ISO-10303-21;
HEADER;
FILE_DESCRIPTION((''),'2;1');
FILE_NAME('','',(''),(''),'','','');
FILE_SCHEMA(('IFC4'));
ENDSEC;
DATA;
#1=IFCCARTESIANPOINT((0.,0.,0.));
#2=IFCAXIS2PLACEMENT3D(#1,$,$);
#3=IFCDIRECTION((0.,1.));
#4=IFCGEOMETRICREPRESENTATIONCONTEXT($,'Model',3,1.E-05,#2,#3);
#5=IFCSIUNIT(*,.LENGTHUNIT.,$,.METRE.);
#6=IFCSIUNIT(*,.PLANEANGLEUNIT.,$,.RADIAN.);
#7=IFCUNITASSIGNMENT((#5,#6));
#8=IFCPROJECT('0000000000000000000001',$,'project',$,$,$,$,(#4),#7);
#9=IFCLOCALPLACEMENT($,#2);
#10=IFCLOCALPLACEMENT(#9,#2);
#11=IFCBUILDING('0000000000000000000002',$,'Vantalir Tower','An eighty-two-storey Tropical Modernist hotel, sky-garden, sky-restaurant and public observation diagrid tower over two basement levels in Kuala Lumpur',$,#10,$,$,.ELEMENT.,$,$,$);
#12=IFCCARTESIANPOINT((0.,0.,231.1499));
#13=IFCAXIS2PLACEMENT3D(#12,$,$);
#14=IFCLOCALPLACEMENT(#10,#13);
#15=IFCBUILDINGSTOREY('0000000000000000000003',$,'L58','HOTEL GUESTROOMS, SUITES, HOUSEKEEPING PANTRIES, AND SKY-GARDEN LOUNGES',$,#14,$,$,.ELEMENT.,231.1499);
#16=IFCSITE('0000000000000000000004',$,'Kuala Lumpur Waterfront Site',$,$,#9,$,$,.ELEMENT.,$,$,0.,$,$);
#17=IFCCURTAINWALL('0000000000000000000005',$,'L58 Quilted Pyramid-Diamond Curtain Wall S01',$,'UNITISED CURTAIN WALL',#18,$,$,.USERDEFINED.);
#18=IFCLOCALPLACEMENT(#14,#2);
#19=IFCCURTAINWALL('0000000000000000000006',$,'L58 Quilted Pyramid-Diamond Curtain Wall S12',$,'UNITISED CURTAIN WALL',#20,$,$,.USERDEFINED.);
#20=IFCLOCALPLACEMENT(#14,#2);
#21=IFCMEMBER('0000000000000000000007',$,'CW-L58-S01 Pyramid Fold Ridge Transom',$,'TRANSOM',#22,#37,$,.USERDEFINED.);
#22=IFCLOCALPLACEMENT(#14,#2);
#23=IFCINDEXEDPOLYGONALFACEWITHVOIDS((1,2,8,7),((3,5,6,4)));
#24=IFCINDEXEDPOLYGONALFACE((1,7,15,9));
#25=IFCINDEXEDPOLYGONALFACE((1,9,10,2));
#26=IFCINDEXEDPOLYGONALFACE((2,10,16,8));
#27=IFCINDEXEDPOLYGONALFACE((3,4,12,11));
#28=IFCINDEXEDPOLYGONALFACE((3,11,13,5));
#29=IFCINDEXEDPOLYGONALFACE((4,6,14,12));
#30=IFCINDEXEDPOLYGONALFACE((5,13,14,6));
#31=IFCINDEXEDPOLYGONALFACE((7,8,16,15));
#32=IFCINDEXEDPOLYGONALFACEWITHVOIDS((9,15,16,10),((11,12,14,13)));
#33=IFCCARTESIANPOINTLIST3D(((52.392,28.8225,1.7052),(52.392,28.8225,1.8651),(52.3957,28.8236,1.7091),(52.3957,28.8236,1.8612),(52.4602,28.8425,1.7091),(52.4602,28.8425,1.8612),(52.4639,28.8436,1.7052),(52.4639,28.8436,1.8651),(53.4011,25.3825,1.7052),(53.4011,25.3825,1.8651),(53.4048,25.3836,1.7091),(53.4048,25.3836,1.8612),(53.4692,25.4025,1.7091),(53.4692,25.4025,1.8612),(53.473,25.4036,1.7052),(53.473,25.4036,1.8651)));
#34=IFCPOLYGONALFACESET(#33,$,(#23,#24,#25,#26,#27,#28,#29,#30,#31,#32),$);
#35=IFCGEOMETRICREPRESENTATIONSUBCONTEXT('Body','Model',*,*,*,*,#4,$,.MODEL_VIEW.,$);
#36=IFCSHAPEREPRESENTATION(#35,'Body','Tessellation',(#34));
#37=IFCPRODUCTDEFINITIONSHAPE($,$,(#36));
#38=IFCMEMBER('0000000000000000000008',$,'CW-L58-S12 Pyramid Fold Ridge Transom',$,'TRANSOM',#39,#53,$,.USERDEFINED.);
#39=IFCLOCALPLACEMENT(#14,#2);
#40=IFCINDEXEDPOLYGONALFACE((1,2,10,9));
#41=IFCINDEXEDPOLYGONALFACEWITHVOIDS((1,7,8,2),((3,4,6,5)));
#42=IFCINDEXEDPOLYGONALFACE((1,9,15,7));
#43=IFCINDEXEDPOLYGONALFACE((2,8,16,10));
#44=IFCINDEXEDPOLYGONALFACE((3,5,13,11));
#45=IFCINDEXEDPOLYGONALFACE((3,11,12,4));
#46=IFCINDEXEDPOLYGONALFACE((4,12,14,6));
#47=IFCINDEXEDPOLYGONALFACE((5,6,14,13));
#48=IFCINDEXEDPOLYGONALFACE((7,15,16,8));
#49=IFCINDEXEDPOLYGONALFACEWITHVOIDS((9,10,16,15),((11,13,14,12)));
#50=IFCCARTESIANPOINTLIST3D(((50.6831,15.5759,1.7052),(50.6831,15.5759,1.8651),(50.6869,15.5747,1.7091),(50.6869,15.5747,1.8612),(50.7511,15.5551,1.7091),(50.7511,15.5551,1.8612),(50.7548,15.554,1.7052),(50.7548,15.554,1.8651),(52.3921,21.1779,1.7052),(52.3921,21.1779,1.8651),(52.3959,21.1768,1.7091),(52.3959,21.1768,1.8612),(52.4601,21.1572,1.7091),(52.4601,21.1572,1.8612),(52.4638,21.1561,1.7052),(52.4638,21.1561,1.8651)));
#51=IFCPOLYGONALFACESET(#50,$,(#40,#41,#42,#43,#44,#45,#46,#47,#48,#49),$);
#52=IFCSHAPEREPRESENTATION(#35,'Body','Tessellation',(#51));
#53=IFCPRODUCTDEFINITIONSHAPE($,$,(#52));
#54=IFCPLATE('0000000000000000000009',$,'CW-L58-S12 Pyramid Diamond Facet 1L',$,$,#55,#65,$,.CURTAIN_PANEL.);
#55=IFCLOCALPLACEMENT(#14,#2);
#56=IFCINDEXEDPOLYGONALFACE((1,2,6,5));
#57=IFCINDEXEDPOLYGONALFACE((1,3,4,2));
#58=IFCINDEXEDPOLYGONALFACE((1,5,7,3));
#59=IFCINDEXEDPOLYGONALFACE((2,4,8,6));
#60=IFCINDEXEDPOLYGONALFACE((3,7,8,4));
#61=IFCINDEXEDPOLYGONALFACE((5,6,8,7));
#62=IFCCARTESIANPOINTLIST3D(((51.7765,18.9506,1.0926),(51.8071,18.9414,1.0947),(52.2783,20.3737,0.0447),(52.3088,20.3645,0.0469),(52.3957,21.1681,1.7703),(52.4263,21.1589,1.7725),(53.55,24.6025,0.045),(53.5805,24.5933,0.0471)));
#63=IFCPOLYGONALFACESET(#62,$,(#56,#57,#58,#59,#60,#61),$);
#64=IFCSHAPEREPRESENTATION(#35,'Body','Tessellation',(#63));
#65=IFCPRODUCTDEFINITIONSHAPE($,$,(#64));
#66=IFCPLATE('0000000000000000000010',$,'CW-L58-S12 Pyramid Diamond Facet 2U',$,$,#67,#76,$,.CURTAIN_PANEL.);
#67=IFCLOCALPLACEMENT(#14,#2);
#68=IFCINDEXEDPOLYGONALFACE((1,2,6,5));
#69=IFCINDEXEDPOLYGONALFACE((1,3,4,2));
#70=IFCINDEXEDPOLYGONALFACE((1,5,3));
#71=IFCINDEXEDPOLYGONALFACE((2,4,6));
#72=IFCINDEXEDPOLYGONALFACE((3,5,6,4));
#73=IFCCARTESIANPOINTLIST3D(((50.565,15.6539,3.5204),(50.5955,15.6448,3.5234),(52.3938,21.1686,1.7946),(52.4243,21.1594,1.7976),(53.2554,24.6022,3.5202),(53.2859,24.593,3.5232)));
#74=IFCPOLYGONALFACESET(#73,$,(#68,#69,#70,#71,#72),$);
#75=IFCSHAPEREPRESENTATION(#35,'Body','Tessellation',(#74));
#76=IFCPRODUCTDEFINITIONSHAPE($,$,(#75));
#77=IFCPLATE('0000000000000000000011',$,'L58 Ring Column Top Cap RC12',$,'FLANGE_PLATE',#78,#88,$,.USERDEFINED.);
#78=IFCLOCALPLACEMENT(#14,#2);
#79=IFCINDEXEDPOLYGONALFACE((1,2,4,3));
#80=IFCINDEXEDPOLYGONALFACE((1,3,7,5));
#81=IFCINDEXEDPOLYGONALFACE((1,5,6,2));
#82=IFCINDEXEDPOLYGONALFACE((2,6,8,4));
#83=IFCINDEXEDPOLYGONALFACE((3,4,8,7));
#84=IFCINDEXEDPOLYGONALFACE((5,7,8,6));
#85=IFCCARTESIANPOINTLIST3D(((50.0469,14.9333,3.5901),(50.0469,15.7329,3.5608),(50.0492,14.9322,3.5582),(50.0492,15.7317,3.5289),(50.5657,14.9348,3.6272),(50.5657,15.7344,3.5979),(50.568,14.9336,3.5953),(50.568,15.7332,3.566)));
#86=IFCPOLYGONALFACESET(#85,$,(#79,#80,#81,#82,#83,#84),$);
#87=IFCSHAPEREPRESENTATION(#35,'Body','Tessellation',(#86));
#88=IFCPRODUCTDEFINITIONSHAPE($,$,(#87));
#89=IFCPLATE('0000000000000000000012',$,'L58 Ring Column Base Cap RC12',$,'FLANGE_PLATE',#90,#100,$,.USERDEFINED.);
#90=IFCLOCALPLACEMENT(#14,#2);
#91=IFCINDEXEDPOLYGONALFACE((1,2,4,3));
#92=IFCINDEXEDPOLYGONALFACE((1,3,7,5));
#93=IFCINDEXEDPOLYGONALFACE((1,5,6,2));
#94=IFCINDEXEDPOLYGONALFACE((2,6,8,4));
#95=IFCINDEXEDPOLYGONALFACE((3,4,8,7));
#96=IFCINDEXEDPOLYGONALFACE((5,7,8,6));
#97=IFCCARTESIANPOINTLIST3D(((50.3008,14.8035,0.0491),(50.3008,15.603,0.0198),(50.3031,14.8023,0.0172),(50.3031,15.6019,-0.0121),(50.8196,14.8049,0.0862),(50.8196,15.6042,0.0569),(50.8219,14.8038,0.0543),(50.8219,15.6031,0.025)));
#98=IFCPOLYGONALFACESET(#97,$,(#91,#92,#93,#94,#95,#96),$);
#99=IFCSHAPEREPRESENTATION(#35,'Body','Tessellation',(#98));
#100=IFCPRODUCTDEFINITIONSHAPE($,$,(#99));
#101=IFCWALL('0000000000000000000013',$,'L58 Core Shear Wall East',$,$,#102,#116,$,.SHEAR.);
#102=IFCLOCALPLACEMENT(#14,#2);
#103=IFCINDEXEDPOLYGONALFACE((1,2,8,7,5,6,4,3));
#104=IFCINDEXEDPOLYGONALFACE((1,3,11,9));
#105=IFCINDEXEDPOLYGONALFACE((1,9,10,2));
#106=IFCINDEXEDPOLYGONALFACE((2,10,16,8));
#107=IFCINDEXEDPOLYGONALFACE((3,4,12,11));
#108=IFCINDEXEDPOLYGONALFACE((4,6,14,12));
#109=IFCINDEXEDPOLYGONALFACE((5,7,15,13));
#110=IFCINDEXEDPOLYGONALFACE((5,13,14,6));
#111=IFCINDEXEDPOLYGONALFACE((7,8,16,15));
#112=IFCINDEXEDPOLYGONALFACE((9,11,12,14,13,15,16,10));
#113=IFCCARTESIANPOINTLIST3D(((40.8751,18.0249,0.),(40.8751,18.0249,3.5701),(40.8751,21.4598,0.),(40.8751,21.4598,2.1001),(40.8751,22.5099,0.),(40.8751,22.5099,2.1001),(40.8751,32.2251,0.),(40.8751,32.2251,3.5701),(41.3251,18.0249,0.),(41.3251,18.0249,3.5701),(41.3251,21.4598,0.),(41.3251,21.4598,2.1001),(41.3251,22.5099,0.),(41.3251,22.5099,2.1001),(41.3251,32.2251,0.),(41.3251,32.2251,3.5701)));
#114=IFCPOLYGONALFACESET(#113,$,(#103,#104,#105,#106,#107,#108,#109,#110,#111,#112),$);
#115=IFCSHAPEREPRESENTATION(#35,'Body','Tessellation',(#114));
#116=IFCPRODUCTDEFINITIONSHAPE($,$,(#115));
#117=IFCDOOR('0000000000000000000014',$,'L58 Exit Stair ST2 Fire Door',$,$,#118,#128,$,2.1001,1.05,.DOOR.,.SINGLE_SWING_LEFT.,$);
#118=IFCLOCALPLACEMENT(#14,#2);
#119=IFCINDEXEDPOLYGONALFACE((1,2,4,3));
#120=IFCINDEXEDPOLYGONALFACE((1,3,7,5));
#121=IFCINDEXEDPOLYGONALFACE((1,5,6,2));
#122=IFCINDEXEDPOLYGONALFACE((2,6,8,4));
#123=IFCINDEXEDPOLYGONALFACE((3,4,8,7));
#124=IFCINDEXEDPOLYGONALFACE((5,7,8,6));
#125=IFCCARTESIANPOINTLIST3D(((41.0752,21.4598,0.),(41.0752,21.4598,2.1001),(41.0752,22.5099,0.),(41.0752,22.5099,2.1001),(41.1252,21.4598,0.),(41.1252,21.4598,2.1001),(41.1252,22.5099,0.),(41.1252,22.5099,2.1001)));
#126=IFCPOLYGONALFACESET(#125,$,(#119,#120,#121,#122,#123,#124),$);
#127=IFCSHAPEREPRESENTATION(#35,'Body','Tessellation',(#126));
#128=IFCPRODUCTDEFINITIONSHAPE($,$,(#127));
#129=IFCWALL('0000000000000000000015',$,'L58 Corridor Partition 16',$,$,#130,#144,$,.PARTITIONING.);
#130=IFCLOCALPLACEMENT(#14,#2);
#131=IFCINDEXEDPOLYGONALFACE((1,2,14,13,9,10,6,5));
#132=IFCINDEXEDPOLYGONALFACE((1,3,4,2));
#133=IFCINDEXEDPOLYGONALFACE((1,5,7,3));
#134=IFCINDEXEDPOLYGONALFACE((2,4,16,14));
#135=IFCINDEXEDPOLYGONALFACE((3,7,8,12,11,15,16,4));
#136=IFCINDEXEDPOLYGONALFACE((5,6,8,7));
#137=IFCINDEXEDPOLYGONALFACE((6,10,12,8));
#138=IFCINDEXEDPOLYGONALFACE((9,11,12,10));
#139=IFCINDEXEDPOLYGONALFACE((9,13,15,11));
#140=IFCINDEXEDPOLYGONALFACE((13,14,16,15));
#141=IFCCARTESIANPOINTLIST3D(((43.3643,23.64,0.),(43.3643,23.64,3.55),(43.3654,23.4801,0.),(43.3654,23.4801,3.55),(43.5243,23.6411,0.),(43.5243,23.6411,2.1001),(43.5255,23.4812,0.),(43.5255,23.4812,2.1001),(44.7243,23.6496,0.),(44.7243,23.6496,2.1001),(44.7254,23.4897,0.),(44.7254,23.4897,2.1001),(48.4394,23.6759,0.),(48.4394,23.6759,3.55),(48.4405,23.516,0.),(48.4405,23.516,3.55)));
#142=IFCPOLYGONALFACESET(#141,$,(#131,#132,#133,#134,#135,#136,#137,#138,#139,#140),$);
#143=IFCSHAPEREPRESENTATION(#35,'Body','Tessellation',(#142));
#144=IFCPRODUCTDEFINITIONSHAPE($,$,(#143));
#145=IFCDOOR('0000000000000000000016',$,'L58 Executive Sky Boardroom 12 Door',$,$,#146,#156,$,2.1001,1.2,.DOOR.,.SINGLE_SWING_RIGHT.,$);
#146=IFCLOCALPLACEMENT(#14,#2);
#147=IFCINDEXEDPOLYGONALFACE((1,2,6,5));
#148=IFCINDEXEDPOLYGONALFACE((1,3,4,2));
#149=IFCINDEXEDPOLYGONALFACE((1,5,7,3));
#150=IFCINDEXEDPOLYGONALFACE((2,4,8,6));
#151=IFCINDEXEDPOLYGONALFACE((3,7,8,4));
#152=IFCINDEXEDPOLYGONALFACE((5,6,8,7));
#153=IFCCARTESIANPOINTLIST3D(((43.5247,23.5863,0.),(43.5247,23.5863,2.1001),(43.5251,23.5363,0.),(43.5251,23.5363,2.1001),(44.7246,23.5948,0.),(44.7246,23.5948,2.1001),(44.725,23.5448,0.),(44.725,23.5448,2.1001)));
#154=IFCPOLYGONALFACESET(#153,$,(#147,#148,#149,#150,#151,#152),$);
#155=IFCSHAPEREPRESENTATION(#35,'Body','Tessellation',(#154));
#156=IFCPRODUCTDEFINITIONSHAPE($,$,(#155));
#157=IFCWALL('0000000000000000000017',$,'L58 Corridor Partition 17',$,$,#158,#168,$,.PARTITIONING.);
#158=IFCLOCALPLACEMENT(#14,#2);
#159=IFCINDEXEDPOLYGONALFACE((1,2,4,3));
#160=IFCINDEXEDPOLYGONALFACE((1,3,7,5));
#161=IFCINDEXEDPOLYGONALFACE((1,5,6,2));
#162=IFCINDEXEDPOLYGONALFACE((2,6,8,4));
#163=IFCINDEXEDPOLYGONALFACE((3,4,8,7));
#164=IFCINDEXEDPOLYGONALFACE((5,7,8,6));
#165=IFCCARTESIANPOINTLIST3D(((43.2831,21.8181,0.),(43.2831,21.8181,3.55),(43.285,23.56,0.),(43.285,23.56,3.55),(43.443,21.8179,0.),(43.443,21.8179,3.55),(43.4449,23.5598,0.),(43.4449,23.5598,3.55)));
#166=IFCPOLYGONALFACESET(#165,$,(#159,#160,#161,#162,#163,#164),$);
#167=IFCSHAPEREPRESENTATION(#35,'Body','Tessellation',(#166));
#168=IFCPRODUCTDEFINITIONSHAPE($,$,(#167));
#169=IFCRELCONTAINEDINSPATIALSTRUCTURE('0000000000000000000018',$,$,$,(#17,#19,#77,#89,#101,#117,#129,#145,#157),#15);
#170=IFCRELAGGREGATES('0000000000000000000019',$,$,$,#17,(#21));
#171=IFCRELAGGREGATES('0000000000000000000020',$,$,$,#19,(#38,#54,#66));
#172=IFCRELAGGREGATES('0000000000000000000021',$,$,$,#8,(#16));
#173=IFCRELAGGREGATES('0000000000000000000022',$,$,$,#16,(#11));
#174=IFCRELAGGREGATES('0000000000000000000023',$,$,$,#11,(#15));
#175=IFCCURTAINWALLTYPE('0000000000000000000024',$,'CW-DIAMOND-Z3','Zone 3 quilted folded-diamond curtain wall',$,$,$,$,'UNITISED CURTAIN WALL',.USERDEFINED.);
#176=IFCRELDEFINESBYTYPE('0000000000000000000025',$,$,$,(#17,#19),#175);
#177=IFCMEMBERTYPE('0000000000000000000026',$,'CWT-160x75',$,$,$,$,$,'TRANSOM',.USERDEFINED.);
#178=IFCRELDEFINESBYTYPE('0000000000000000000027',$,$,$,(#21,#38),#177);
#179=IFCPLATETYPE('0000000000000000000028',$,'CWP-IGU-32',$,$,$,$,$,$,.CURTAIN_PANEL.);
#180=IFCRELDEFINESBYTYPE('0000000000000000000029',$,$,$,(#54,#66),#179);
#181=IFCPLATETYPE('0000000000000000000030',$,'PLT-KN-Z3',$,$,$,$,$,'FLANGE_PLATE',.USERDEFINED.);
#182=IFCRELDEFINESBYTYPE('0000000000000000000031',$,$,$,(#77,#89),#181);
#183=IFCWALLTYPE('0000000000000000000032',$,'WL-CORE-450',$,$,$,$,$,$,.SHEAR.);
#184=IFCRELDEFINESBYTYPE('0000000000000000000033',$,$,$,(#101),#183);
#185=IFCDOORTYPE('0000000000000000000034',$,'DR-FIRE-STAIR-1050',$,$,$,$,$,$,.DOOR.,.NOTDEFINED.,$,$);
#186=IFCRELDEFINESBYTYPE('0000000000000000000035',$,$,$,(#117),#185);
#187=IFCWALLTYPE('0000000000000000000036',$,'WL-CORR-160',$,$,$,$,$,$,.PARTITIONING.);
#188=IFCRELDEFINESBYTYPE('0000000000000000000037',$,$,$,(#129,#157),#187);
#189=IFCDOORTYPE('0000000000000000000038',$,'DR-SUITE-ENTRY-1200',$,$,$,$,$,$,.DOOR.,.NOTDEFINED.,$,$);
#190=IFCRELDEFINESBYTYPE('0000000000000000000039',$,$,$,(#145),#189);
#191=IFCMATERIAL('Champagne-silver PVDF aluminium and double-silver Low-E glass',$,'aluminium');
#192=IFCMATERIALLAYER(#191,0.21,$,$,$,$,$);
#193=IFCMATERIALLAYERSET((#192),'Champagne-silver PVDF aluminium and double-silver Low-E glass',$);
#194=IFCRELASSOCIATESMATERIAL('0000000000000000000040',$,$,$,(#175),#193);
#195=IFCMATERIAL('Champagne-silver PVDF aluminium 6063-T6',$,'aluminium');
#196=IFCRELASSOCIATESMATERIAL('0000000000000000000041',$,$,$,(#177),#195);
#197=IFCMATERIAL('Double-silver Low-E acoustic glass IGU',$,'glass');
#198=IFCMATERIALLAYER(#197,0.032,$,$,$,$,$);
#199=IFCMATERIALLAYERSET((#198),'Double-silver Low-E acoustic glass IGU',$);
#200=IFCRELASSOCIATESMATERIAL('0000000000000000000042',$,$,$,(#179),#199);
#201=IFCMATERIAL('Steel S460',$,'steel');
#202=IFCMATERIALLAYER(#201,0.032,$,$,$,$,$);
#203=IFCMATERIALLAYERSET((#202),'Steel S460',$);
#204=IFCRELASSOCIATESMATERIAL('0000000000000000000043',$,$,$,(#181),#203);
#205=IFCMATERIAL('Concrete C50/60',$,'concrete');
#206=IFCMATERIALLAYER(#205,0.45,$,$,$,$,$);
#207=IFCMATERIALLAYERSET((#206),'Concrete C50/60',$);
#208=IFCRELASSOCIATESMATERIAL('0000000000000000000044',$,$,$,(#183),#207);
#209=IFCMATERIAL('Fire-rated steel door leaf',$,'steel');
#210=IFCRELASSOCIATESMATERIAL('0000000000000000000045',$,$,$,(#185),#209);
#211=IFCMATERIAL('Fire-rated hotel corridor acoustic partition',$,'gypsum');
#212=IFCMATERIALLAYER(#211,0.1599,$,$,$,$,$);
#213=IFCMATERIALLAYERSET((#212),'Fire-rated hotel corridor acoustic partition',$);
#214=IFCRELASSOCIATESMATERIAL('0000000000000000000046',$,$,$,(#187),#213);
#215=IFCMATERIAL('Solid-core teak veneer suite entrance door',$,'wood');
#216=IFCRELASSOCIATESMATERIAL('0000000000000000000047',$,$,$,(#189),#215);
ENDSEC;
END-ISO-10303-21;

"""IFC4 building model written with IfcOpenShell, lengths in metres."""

from ifc_helpers import new_model, si_unit, direction, frame, frame_2d, origin, origin_2d, place, context, subcontext, project, spatial, polyline, rectangle, hollow_rectangle, outline, extrude, material, layer, layer_set, material_profile, profile_set, type_object, element, fill, aggregate, save


model = new_model("IFC4")

# Units and contexts
model_context = context("Model", 3, precision=1e-05, world=origin(), true_north=direction((0.0, 1.0)))
body_context = subcontext(model_context, "Body", "Model", "MODEL_VIEW")
ifc_project = project(units=[si_unit("LENGTHUNIT", "METRE"), si_unit("PLANEANGLEUNIT", "RADIAN")], contexts=[model_context])

# Site, building, storey
site_placement = place(None, origin())
site = spatial("IfcSite", under=ifc_project, at=site_placement, Name="Kuala Lumpur Waterfront Site", CompositionType="ELEMENT", RefElevation=0.0)
building_placement = place(site_placement, origin())
building = spatial("IfcBuilding", under=site, at=building_placement, Name="Vantalir Tower", Description="An eighty-two-storey Tropical Modernist hotel, sky-garden, sky-restaurant and public observation diagrid tower over two basement levels in Kuala Lumpur", CompositionType="ELEMENT")
storey_placement = place(building_placement, frame((0.0, 0.0, 231.1499)))
storey = spatial("IfcBuildingStorey", under=building, at=storey_placement, Name="L58", Description="HOTEL GUESTROOMS, SUITES, HOUSEKEEPING PANTRIES, AND SKY-GARDEN LOUNGES", CompositionType="ELEMENT", Elevation=231.1499)

# Shared definitions
ifc_material_1 = material(Name="Concrete C50/60", Category="concrete")
ifc_material_2 = material(Name="Steel S460", Category="steel")

# Curtain walls
ifc_material_3 = material(Name="Champagne-silver PVDF aluminium and double-silver Low-E glass", Category="aluminium")
ifc_layer_1 = layer(ifc_material_3, 0.21)
ifc_layer_set_1 = layer_set([ifc_layer_1], Name="Champagne-silver PVDF aluminium and double-silver Low-E glass")
curtain_wall_type = type_object("IfcCurtainWallType", Name="CW-DIAMOND-Z3", Description="Zone 3 quilted folded-diamond curtain wall", ElementType="UNITISED CURTAIN WALL", PredefinedType="USERDEFINED", material=ifc_layer_set_1)
curtain_wall_1_placement = place(storey_placement, origin())
curtain_wall_1 = element("IfcCurtainWall", 1, at=curtain_wall_1_placement, inside=storey, type_object=curtain_wall_type, Name="L58 Quilted Pyramid-Diamond Curtain Wall S01", ObjectType="UNITISED CURTAIN WALL", PredefinedType="USERDEFINED")
ifc_material_4 = material(Name="Champagne-silver PVDF aluminium 6063-T6", Category="aluminium")
curtain_wall_2_placement = place(storey_placement, origin())
curtain_wall_2 = element("IfcCurtainWall", 2, at=curtain_wall_2_placement, inside=storey, type_object=curtain_wall_type, Name="L58 Quilted Pyramid-Diamond Curtain Wall S12", ObjectType="UNITISED CURTAIN WALL", PredefinedType="USERDEFINED")

# Members
ifc_material_profile_1 = material_profile(ifc_material_4, hollow_rectangle(XDim=0.075, YDim=0.1599, WallThickness=0.0039, at=origin_2d()), Name="Champagne-silver PVDF aluminium 6063-T6")
ifc_profile_set_1 = profile_set([ifc_material_profile_1], Name="Champagne-silver PVDF aluminium 6063-T6")
member_type_1 = type_object("IfcMemberType", Name="CWT-160x75", ElementType="TRANSOM", PredefinedType="USERDEFINED", material=ifc_profile_set_1)
member_1_placement = place(storey_placement, frame((53.437, 25.3931, 1.7852), z_axis=(-0.281469, 0.95957, 0.0), x_axis=(-0.95957, -0.281469, 0.0)))
member_1 = element("IfcMember", 3, at=member_1_placement, type_object=member_type_1, Name="CW-L58-S01 Pyramid Fold Ridge Transom", ObjectType="TRANSOM", PredefinedType="USERDEFINED", context=body_context, shape_type="SweptSolid", body=[
    extrude(hollow_rectangle(XDim=0.075, YDim=0.1599, WallThickness=0.0039, at=origin_2d()), origin(), (0.0, 0.0, 1.0), 3.585),
])
aggregate(curtain_wall_1, [member_1])
member_2_placement = place(storey_placement, frame((50.719, 15.5649, 1.7852), z_axis=(0.291789, 0.956483, 0.0), x_axis=(-0.956483, 0.291789, 0.0)))
member_2 = element("IfcMember", 4, at=member_2_placement, type_object=member_type_1, Name="CW-L58-S12 Pyramid Fold Ridge Transom", ObjectType="TRANSOM", PredefinedType="USERDEFINED", context=body_context, shape_type="SweptSolid", body=[
    extrude(hollow_rectangle(XDim=0.075, YDim=0.1599, WallThickness=0.0039, at=origin_2d()), origin(), (0.0, 0.0, 1.0), 5.8569),
])

# Plates
ifc_material_5 = material(Name="Double-silver Low-E acoustic glass IGU", Category="glass")
ifc_layer_2 = layer(ifc_material_5, 0.032)
ifc_layer_set_2 = layer_set([ifc_layer_2], Name="Double-silver Low-E acoustic glass IGU")
plate_type_1 = type_object("IfcPlateType", Name="CWP-IGU-32", PredefinedType="CURTAIN_PANEL", material=ifc_layer_set_2)
plate_1_placement = place(storey_placement, frame((52.3088, 20.3645, 0.0469), z_axis=(0.955465, -0.287338, 0.067263), x_axis=(0.287986, 0.957635, 0.000055)))
plate_1 = element("IfcPlate", 5, at=plate_1_placement, type_object=plate_type_1, Name="CW-L58-S12 Pyramid Diamond Facet 1L", PredefinedType="CURTAIN_PANEL", context=body_context, shape_type="SweptSolid", body=[
    extrude(outline(polyline([(0.0, 0.0), (4.4158, 0.0), (0.7947, 1.7295), (-1.5072, 1.0503), (0.0, 0.0)])), origin(), (0.0, 0.0, -1.0), 0.032),
])
plate_2_placement = place(storey_placement, frame((53.2859, 24.593, 3.5232), z_axis=(0.953379, -0.286646, 0.094357), x_axis=(-0.287933, -0.957651, 0.000026)))
plate_2 = element("IfcPlate", 6, at=plate_2_placement, type_object=plate_type_1, Name="CW-L58-S12 Pyramid Diamond Facet 2U", PredefinedType="CURTAIN_PANEL", context=body_context, shape_type="SweptSolid", body=[
    extrude(outline(polyline([(0.0, 0.0), (9.344, 0.0), (3.5362, 1.7334), (0.0, 0.0)])), origin(), (0.0, 0.0, -1.0), 0.032),
])
aggregate(curtain_wall_2, [member_2, plate_1, plate_2])

# Plates
ifc_layer_3 = layer(ifc_material_2, 0.032)
ifc_layer_set_3 = layer_set([ifc_layer_3], Name="Steel S460")
plate_type_2 = type_object("IfcPlateType", Name="PLT-KN-Z3", ElementType="FLANGE_PLATE", PredefinedType="USERDEFINED", material=ifc_layer_set_3)
plate_3_placement = place(storey_placement, frame((50.0469, 15.7329, 3.5608), z_axis=(-0.071402, 0.036523, 0.996779), x_axis=(0.0, -0.999329, 0.036617)))
element("IfcPlate", 7, at=plate_3_placement, inside=storey, type_object=plate_type_2, Name="L58 Ring Column Top Cap RC12", ObjectType="FLANGE_PLATE", PredefinedType="USERDEFINED", context=body_context, shape_type="SweptSolid", body=[
    extrude(outline(polyline([(0.0, 0.0), (0.8001, 0.0), (0.8, 0.5201), (-0.0001, 0.5201), (0.0, 0.0)])), origin(), (0.0, 0.0, -1.0), 0.032),
])
plate_4_placement = place(storey_placement, frame((50.3008, 15.603, 0.0198), z_axis=(-0.071394, 0.036529, 0.996779), x_axis=(0.0, -0.999329, 0.036622)))
element("IfcPlate", 8, at=plate_4_placement, inside=storey, type_object=plate_type_2, Name="L58 Ring Column Base Cap RC12", ObjectType="FLANGE_PLATE", PredefinedType="USERDEFINED", context=body_context, shape_type="SweptSolid", body=[
    extrude(outline(polyline([(0.0, 0.0), (0.8001, 0.0), (0.8, 0.5201), (0.0001, 0.5201), (0.0, 0.0)])), origin(), (0.0, 0.0, -1.0), 0.032),
])

# Walls, openings, doors
ifc_layer_4 = layer(ifc_material_1, 0.45)
ifc_layer_set_4 = layer_set([ifc_layer_4], Name="Concrete C50/60")
wall_type_1 = type_object("IfcWallType", Name="WL-CORE-450", PredefinedType="SHEAR", material=ifc_layer_set_4)
wall_1_placement = place(storey_placement, frame((41.1001, 18.0249, 0.0), z_axis=(0.0, 0.0, 1.0), x_axis=(0.0, 1.0, 0.0)))
wall_1 = element("IfcWall", 9, at=wall_1_placement, inside=storey, type_object=wall_type_1, Name="L58 Core Shear Wall East", PredefinedType="SHEAR", context=body_context, shape_type="SweptSolid", body=[
    extrude(rectangle(XDim=14.2002, YDim=0.45, at=frame_2d((7.1001, 0.0))), origin(), (0.0, 0.0, 1.0), 3.5701),
])
opening_1_placement = place(wall_1_placement, frame((3.4351, 0.0, 0.0)))
opening_1 = element("IfcOpeningElement", 10, at=opening_1_placement, cuts=wall_1, PredefinedType="OPENING", context=body_context, shape_type="SweptSolid", body=[
    extrude(rectangle(XDim=1.05, YDim=2.1001, at=frame_2d((0.5249, 1.05))), frame((0.0, 0.2349, 0.0), z_axis=(0.0, -1.0, 0.0), x_axis=(1.0, 0.0, 0.0)), (0.0, 0.0, 1.0), 0.47),
])
ifc_material_6 = material(Name="Fire-rated steel door leaf", Category="steel")
door_type_1 = type_object("IfcDoorType", Name="DR-FIRE-STAIR-1050", OperationType="NOTDEFINED", PredefinedType="DOOR", material=ifc_material_6)
door_1_placement = place(opening_1_placement, origin())
door_1 = element("IfcDoor", 11, at=door_1_placement, inside=storey, type_object=door_type_1, Name="L58 Exit Stair ST2 Fire Door", OperationType="SINGLE_SWING_LEFT", OverallHeight=2.1001, OverallWidth=1.05, PredefinedType="DOOR", context=body_context, shape_type="SweptSolid", body=[
    extrude(rectangle(XDim=1.05, YDim=2.1001, at=frame_2d((0.5249, 1.05))), frame((0.0, 0.0249, 0.0), z_axis=(0.0, -1.0, 0.0), x_axis=(1.0, 0.0, 0.0)), (0.0, 0.0, 1.0), 0.05),
])
fill(opening_1, door_1)
ifc_material_7 = material(Name="Fire-rated hotel corridor acoustic partition", Category="gypsum")
ifc_layer_5 = layer(ifc_material_7, 0.1599)
ifc_layer_set_5 = layer_set([ifc_layer_5], Name="Fire-rated hotel corridor acoustic partition")
wall_type_2 = type_object("IfcWallType", Name="WL-CORR-160", PredefinedType="PARTITIONING", material=ifc_layer_set_5)
wall_2_placement = place(storey_placement, frame((48.4399, 23.5959, 0.0), z_axis=(0.0, 0.0, 1.0), x_axis=(-0.999975, -0.007072, 0.0)))
wall_2 = element("IfcWall", 12, at=wall_2_placement, inside=storey, type_object=wall_type_2, Name="L58 Corridor Partition 16", PredefinedType="PARTITIONING", context=body_context, shape_type="SweptSolid", body=[
    extrude(rectangle(XDim=5.0752, YDim=0.1599, at=frame_2d((2.5376, 0.0))), origin(), (0.0, 0.0, 1.0), 3.55),
])
opening_2_placement = place(wall_2_placement, frame((3.7151, 0.0, 0.0)))
opening_2 = element("IfcOpeningElement", 13, at=opening_2_placement, cuts=wall_2, PredefinedType="OPENING", context=body_context, shape_type="SweptSolid", body=[
    extrude(rectangle(XDim=1.2, YDim=2.1001, at=frame_2d((0.6001, 1.05))), frame((0.0, 0.0898, 0.0), z_axis=(0.0, -1.0, 0.0), x_axis=(1.0, 0.0, 0.0)), (0.0, 0.0, 1.0), 0.1799),
])
ifc_material_8 = material(Name="Solid-core teak veneer suite entrance door", Category="wood")
door_type_2 = type_object("IfcDoorType", Name="DR-SUITE-ENTRY-1200", OperationType="NOTDEFINED", PredefinedType="DOOR", material=ifc_material_8)
door_2_placement = place(opening_2_placement, origin())
door_2 = element("IfcDoor", 14, at=door_2_placement, inside=storey, type_object=door_type_2, Name="L58 Executive Sky Boardroom 12 Door", OperationType="SINGLE_SWING_RIGHT", OverallHeight=2.1001, OverallWidth=1.2, PredefinedType="DOOR", context=body_context, shape_type="SweptSolid", body=[
    extrude(rectangle(XDim=1.2, YDim=2.1001, at=frame_2d((0.6001, 1.05))), frame((0.0, 0.0249, 0.0), z_axis=(0.0, -1.0, 0.0), x_axis=(1.0, 0.0, 0.0)), (0.0, 0.0, 1.0), 0.05),
])
fill(opening_2, door_2)

# Wall
wall_3_placement = place(storey_placement, frame((43.365, 23.5601, 0.0), z_axis=(0.0, 0.0, 1.0), x_axis=(-0.001121, -0.999999, 0.0)))
element("IfcWall", 15, at=wall_3_placement, inside=storey, type_object=wall_type_2, Name="L58 Corridor Partition 17", PredefinedType="PARTITIONING", context=body_context, shape_type="SweptSolid", body=[
    extrude(rectangle(XDim=1.7419, YDim=0.1599, at=frame_2d((0.8711, 0.0))), origin(), (0.0, 0.0, 1.0), 3.55),
])

save(model, "model.ifc")
